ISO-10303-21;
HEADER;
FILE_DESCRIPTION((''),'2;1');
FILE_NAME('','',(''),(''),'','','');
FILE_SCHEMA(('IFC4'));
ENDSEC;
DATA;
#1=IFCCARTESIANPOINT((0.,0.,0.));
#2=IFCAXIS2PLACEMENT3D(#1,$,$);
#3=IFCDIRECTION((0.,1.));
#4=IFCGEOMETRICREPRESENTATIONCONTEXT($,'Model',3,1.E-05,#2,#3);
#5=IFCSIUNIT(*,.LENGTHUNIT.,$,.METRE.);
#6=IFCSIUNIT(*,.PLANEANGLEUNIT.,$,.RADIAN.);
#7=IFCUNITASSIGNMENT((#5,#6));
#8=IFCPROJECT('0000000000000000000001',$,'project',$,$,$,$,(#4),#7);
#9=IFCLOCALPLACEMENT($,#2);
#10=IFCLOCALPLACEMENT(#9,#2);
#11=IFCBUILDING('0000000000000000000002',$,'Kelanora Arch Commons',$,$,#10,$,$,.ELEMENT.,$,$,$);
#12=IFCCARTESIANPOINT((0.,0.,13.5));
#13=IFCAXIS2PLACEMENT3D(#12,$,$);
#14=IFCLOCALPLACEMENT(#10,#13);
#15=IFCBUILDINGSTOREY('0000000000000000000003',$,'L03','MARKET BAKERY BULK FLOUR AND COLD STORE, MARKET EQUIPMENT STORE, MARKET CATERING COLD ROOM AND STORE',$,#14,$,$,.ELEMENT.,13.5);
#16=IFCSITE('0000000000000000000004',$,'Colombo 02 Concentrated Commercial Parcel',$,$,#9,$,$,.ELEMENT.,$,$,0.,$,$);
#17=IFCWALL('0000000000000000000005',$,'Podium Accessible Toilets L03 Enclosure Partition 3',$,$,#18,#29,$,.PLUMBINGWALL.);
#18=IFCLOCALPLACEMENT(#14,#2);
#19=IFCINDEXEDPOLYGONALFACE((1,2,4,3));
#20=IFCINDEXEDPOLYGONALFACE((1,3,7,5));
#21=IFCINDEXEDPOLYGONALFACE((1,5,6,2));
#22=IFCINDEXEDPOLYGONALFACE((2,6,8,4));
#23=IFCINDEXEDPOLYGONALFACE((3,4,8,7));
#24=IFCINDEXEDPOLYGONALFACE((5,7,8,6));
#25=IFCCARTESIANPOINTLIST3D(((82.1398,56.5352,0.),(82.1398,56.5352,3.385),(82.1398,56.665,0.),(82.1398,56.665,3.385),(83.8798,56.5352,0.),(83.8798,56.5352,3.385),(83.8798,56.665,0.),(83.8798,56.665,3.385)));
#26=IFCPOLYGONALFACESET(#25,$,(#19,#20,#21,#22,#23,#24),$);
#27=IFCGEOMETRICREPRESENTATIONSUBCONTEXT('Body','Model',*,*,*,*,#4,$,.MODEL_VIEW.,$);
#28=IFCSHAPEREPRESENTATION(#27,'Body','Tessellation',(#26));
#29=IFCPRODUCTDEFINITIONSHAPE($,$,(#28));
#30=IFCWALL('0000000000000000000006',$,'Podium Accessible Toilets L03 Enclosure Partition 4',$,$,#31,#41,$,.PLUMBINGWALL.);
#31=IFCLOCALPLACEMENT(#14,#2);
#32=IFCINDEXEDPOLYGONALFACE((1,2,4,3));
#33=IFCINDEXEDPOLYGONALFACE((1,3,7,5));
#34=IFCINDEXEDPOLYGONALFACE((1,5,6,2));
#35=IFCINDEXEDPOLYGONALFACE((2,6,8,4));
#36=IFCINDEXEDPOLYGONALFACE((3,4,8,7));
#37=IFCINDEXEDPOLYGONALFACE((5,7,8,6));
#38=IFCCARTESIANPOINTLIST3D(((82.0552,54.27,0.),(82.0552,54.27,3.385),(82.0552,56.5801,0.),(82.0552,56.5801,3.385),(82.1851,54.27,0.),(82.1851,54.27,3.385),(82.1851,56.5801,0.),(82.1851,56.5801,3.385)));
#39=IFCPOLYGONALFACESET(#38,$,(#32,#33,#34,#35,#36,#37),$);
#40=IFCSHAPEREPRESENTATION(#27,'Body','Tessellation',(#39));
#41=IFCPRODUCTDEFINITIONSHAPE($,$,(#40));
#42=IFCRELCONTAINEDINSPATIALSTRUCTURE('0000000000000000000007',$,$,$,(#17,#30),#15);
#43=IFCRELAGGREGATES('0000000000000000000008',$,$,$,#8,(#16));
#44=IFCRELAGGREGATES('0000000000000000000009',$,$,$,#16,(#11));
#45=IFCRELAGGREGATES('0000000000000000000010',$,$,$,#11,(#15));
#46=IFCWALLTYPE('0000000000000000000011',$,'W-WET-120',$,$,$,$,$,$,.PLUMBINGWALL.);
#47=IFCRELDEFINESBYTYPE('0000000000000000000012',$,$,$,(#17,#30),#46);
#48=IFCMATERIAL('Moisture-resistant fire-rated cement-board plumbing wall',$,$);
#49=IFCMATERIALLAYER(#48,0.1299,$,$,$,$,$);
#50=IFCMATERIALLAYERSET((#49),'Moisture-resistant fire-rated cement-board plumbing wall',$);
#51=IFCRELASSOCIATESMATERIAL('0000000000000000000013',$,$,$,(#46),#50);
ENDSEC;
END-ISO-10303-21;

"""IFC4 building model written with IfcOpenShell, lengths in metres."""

from ifc_helpers import new_model, si_unit, direction, frame, frame_2d, origin, place, context, subcontext, project, spatial, rectangle, extrude, material, layer, layer_set, type_object, element, save


model = new_model("IFC4")

# Units and contexts
model_context = context("Model", 3, precision=1e-05, world=origin(), true_north=direction((0.0, 1.0)))
body_context = subcontext(model_context, "Body", "Model", "MODEL_VIEW")
ifc_project = project(units=[si_unit("LENGTHUNIT", "METRE"), si_unit("PLANEANGLEUNIT", "RADIAN")], contexts=[model_context])

# Site, building, storey
site_placement = place(None, origin())
site = spatial("IfcSite", under=ifc_project, at=site_placement, Name="Colombo 02 Concentrated Commercial Parcel", CompositionType="ELEMENT", RefElevation=0.0)
building_placement = place(site_placement, origin())
building = spatial("IfcBuilding", under=site, at=building_placement, Name="Kelanora Arch Commons", CompositionType="ELEMENT")
storey_placement = place(building_placement, frame((0.0, 0.0, 13.5)))
storey = spatial("IfcBuildingStorey", under=building, at=storey_placement, Name="L03", Description="MARKET BAKERY BULK FLOUR AND COLD STORE, MARKET EQUIPMENT STORE, MARKET CATERING COLD ROOM AND STORE", CompositionType="ELEMENT", Elevation=13.5)

# Shared definitions
ifc_material_1 = material(Name="Moisture-resistant fire-rated cement-board plumbing wall")
ifc_layer_1 = layer(ifc_material_1, 0.1299)
ifc_layer_set_1 = layer_set([ifc_layer_1], Name="Moisture-resistant fire-rated cement-board plumbing wall")
wall_type_1 = type_object("IfcWallType", Name="W-WET-120", PredefinedType="PLUMBINGWALL", material=ifc_layer_set_1)

# Walls
wall_1_placement = place(storey_placement, frame((83.8799, 56.6001, 0.0), z_axis=(0.0, 0.0, 1.0), x_axis=(-1.0, 0.0, 0.0)))
element("IfcWall", 1, at=wall_1_placement, inside=storey, type_object=wall_type_1, Name="Podium Accessible Toilets L03 Enclosure Partition 3", PredefinedType="PLUMBINGWALL", context=body_context, shape_type="SweptSolid", body=[
    extrude(rectangle(XDim=1.74, YDim=0.1299, at=frame_2d((0.8701, 0.0))), origin(), (0.0, 0.0, 1.0), 3.385),
])
wall_2_placement = place(storey_placement, frame((82.1201, 56.5801, 0.0), z_axis=(0.0, 0.0, 1.0), x_axis=(0.0, -1.0, 0.0)))
element("IfcWall", 2, at=wall_2_placement, inside=storey, type_object=wall_type_1, Name="Podium Accessible Toilets L03 Enclosure Partition 4", PredefinedType="PLUMBINGWALL", context=body_context, shape_type="SweptSolid", body=[
    extrude(rectangle(XDim=2.3101, YDim=0.1299, at=frame_2d((1.155, 0.0))), origin(), (0.0, 0.0, 1.0), 3.385),
])

save(model, "model.ifc")
